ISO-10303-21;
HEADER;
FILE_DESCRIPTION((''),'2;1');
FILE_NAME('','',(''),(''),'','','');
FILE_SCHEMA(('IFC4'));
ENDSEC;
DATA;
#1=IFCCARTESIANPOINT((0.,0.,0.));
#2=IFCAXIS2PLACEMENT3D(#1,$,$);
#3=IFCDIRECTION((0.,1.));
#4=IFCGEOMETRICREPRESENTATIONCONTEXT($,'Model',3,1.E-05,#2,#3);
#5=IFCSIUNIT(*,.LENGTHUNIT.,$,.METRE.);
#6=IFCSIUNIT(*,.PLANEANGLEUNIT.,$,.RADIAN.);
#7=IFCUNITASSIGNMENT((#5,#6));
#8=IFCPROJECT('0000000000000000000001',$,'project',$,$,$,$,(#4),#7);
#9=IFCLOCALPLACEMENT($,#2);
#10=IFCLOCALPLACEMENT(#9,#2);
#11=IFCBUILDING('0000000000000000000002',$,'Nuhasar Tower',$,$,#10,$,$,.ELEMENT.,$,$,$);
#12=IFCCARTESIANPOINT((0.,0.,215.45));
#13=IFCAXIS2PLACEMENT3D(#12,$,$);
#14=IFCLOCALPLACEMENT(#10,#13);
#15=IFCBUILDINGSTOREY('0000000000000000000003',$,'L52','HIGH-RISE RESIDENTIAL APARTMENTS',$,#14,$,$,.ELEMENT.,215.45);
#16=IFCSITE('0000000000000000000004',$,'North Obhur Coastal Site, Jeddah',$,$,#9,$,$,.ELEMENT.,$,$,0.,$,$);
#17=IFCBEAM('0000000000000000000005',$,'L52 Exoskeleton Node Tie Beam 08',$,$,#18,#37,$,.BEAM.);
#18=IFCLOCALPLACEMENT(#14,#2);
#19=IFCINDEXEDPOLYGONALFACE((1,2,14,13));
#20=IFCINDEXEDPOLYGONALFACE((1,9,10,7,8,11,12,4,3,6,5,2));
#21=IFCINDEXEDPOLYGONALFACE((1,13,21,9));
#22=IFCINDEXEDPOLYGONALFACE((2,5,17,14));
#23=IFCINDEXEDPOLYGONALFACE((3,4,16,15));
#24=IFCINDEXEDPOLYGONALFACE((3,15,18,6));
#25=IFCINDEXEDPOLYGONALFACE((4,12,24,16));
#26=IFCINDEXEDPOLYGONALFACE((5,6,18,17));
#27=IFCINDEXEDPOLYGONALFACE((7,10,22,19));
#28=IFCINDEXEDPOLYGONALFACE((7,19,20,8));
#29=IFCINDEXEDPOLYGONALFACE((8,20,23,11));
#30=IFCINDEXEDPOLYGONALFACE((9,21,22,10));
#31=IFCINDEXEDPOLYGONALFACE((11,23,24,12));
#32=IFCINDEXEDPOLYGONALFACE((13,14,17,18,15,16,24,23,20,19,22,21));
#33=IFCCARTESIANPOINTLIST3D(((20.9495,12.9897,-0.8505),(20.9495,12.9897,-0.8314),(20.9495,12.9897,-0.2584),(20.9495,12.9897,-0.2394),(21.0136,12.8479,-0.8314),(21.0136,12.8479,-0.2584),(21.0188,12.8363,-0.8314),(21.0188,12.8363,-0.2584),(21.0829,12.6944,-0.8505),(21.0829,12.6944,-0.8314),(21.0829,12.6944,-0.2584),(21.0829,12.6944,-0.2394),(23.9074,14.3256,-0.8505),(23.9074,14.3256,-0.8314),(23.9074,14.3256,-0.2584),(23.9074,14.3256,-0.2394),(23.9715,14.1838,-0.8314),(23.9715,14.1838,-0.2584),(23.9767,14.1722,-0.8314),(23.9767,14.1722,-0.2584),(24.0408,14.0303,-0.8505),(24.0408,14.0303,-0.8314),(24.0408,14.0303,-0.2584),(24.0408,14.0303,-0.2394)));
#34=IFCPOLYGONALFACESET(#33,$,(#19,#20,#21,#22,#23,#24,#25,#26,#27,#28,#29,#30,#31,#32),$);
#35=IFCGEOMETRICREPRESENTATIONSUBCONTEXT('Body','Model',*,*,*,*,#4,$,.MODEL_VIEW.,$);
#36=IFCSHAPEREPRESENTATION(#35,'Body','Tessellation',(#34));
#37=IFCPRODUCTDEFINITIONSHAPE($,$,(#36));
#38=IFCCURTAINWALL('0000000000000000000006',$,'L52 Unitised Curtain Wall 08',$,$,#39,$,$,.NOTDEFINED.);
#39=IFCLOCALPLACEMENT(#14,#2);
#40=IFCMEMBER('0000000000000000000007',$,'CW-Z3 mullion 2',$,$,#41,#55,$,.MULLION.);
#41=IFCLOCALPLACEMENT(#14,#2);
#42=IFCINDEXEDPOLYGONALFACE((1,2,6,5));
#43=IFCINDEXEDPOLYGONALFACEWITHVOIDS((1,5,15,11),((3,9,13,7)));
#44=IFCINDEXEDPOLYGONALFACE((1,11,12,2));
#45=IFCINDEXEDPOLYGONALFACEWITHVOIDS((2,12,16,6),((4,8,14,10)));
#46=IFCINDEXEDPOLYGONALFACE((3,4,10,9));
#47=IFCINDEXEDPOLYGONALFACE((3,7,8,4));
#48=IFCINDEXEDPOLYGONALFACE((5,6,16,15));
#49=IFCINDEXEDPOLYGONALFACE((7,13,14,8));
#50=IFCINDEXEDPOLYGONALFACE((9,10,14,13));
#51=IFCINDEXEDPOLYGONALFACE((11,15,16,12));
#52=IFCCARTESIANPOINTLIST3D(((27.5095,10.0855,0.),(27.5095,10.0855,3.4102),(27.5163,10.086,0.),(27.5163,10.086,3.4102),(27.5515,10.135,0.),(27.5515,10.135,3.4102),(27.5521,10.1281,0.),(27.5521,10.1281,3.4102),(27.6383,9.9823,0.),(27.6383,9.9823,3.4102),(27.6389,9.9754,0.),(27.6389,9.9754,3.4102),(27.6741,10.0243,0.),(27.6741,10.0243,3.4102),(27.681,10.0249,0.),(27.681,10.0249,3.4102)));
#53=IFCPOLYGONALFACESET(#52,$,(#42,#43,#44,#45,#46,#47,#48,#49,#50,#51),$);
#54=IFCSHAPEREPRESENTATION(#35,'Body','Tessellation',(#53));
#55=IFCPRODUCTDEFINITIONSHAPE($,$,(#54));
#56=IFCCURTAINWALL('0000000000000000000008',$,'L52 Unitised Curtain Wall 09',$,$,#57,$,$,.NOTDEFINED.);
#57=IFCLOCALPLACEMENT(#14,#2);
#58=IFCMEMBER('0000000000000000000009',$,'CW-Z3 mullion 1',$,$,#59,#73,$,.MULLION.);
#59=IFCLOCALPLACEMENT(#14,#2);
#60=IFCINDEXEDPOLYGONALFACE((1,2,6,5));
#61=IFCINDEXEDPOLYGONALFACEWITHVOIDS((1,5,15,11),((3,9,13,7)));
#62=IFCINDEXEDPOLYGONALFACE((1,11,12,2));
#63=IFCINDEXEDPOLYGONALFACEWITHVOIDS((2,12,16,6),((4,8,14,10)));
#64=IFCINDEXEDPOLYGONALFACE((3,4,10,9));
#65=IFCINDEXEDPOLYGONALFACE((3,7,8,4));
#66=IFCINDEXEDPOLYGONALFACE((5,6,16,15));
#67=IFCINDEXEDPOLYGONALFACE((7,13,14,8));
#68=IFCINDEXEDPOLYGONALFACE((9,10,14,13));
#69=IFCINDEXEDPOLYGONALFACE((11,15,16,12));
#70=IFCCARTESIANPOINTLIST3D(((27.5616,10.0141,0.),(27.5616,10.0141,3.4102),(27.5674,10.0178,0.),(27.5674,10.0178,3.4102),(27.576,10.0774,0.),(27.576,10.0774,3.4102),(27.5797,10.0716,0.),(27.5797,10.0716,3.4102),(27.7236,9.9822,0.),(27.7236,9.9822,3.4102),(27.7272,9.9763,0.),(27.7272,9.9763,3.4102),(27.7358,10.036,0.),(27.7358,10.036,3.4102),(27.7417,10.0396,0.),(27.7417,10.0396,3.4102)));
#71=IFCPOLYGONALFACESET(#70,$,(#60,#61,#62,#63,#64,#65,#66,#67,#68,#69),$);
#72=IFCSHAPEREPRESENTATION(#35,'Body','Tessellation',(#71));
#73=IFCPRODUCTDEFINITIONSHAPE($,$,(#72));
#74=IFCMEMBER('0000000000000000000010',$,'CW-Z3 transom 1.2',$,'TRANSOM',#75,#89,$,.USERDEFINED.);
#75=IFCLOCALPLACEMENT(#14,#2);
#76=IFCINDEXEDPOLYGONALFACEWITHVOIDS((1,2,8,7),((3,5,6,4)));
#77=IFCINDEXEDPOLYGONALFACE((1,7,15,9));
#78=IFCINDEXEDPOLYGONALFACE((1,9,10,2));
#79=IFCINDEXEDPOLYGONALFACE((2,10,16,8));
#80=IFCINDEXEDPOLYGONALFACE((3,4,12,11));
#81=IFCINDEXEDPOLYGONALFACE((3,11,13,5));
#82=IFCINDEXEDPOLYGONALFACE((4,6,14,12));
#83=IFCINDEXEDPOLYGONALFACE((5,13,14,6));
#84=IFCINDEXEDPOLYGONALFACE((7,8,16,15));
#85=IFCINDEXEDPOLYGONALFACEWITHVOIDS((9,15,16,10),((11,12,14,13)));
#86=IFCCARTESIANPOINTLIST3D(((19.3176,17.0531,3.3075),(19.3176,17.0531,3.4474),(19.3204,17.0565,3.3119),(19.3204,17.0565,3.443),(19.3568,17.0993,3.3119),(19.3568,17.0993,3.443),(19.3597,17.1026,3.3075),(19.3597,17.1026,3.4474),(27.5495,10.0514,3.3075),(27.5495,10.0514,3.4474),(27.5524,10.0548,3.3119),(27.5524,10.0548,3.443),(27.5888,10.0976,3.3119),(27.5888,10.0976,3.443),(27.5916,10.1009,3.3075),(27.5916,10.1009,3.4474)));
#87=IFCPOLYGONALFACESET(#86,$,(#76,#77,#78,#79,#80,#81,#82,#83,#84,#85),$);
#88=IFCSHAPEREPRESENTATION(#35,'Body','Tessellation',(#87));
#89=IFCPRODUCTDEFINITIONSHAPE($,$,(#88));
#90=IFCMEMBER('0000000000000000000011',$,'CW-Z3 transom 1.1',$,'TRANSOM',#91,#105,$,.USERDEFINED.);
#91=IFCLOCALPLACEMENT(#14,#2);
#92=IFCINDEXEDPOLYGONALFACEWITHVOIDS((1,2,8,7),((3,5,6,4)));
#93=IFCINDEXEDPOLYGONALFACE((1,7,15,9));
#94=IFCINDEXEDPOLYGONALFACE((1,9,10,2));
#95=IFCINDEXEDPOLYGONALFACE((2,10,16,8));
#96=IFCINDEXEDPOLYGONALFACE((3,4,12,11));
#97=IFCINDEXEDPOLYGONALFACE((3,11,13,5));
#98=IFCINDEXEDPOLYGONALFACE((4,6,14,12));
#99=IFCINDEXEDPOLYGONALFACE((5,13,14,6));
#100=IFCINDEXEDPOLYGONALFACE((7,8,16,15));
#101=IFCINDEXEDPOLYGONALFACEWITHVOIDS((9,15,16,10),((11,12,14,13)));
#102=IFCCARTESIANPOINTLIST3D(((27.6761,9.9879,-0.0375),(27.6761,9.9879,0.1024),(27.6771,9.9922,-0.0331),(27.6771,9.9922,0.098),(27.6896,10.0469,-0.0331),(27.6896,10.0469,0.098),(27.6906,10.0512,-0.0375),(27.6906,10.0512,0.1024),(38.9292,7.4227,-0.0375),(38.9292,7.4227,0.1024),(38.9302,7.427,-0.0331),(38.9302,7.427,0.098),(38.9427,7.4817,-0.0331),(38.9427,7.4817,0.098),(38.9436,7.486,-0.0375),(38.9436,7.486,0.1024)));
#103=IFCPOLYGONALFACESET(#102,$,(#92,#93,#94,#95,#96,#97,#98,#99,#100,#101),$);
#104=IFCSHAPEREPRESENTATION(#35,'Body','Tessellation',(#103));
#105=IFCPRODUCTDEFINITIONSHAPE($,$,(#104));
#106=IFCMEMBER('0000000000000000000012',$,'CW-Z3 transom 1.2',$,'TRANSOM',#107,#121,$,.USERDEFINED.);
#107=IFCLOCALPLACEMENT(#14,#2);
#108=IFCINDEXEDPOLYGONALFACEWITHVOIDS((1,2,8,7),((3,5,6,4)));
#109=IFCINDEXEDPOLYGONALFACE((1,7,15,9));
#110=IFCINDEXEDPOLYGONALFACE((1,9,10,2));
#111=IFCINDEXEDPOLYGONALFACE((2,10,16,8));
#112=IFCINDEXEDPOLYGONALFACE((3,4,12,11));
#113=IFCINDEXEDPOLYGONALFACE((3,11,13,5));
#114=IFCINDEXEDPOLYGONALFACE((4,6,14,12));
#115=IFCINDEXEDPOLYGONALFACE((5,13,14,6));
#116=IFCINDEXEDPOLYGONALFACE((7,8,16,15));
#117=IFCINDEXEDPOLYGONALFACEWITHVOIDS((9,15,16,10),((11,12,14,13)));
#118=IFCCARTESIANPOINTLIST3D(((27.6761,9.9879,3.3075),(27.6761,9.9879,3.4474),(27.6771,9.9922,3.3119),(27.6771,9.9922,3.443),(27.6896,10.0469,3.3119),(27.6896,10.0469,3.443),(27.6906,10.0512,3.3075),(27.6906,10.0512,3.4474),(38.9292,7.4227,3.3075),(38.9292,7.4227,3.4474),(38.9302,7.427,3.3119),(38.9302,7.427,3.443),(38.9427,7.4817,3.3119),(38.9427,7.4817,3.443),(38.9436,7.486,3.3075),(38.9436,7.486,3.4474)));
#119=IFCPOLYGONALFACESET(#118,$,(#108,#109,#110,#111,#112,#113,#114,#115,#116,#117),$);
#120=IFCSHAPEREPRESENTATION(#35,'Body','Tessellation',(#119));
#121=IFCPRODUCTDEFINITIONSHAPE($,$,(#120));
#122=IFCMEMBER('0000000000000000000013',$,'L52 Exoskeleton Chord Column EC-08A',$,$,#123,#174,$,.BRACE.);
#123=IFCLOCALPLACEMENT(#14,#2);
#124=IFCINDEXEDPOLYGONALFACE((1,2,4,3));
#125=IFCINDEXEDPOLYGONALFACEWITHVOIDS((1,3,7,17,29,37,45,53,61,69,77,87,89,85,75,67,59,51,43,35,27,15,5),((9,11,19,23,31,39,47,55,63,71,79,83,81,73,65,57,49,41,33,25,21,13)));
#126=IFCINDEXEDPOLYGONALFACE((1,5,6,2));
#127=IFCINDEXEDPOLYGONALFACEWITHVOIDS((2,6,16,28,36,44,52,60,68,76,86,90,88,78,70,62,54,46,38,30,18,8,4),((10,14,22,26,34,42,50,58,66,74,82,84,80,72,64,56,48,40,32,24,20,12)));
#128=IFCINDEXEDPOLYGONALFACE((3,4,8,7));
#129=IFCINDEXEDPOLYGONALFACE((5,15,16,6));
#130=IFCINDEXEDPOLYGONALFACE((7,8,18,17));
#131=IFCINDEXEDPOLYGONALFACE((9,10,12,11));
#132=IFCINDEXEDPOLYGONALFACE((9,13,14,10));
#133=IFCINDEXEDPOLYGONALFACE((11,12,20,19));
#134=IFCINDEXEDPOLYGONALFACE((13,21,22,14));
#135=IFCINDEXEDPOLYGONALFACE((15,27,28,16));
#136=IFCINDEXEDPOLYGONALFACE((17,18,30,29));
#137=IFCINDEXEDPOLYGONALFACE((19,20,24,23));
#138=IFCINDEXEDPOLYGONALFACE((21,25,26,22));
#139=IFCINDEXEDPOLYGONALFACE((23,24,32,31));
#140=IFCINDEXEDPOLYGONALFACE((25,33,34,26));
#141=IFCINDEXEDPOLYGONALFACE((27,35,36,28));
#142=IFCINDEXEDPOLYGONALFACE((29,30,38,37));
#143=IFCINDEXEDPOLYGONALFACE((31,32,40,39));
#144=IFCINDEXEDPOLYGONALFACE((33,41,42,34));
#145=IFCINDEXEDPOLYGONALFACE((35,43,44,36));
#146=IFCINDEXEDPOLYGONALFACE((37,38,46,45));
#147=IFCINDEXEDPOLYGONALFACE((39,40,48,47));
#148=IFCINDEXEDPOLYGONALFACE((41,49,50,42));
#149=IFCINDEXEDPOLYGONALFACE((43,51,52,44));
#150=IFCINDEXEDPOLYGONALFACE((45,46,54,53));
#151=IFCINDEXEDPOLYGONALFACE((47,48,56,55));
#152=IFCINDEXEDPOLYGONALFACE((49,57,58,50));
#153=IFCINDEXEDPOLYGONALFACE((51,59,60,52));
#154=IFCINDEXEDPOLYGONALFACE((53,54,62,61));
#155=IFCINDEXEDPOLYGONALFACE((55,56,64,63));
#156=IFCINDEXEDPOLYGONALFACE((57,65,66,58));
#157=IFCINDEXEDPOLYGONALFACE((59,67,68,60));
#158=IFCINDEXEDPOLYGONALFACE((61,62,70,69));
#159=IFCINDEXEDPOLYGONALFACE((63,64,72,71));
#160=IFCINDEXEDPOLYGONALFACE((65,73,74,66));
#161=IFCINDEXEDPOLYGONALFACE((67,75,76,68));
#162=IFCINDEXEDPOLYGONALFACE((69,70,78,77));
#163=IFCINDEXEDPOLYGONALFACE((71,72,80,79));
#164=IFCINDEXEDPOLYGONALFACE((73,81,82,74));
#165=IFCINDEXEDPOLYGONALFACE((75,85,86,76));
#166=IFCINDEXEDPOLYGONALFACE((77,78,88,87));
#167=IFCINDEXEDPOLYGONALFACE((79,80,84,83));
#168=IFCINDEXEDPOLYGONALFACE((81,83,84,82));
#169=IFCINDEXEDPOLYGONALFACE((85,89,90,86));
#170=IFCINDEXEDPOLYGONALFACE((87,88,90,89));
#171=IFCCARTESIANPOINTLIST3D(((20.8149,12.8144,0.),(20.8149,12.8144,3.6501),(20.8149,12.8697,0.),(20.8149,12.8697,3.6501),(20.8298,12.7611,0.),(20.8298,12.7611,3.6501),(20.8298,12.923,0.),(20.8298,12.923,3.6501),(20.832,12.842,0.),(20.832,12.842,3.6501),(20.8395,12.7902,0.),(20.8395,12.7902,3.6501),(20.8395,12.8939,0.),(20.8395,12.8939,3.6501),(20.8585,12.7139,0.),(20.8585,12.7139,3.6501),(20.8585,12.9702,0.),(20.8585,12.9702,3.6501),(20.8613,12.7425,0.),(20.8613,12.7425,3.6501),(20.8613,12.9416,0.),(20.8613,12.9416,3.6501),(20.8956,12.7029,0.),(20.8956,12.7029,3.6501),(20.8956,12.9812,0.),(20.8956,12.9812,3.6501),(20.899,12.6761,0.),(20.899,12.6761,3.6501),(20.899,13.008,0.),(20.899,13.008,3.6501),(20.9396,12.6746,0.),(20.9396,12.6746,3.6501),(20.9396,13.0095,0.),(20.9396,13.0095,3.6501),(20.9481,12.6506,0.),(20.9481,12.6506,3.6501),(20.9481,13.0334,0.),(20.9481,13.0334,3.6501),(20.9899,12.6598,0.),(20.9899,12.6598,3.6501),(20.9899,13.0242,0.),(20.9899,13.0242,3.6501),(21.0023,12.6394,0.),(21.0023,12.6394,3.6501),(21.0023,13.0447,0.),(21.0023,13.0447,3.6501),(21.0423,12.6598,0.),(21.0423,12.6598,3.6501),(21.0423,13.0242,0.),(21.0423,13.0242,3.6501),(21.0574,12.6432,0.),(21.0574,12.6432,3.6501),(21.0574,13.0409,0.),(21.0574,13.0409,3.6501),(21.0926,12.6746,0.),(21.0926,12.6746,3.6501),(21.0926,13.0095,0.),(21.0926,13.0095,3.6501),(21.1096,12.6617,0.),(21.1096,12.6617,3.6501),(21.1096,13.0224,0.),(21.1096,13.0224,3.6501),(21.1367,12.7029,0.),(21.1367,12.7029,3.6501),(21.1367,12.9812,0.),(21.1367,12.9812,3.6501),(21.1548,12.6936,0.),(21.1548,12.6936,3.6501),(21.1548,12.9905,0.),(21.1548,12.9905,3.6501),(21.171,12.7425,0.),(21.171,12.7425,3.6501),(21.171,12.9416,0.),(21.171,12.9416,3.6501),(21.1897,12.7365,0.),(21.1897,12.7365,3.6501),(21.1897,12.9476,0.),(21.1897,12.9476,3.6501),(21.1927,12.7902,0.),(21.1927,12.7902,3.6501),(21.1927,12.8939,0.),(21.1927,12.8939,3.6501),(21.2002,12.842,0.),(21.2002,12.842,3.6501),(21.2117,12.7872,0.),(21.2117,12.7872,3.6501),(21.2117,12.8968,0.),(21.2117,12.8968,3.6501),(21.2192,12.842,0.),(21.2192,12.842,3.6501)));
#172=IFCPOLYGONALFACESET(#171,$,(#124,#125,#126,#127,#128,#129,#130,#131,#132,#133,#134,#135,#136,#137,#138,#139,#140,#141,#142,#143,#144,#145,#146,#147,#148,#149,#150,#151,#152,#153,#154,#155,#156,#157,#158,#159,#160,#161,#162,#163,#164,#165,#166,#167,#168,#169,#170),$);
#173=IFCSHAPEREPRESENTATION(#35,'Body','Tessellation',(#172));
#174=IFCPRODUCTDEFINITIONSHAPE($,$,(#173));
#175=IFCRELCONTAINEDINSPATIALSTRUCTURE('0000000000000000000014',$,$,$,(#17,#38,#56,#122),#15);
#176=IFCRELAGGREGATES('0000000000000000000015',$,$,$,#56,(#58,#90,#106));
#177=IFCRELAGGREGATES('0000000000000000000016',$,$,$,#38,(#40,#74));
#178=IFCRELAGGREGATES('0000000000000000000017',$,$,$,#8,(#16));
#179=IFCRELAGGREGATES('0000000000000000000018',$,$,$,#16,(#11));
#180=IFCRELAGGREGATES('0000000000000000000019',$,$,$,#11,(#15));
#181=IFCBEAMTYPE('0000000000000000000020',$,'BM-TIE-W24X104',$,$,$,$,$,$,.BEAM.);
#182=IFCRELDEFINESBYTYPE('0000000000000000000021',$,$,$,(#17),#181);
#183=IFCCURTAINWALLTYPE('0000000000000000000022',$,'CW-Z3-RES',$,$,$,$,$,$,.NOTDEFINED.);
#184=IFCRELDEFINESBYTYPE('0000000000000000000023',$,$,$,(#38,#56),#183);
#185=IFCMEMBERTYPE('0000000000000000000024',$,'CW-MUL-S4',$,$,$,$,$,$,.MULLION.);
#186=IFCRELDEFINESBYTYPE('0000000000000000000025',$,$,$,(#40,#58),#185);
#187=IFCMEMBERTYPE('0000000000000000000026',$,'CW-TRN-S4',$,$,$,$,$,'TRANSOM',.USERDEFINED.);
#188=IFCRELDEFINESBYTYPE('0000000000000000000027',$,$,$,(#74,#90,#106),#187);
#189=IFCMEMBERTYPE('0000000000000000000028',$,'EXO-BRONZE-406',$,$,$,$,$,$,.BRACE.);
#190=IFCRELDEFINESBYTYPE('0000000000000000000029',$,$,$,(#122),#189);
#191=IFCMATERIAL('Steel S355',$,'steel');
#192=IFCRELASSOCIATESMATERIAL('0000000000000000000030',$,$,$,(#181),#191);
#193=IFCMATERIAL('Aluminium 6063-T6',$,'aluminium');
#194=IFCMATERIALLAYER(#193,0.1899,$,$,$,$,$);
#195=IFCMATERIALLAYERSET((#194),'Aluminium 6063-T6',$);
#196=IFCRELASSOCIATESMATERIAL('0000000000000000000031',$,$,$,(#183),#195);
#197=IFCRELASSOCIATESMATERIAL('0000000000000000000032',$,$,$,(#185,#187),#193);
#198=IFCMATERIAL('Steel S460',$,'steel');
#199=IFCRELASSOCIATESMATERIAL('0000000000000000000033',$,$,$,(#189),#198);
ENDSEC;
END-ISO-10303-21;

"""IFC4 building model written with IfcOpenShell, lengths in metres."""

from ifc_helpers import new_model, si_unit, direction, frame, origin, origin_2d, place, context, subcontext, project, spatial, hollow_rectangle, hollow_circle, i_section, extrude, material, layer, layer_set, material_profile, profile_set, type_object, element, aggregate, save


model = new_model("IFC4")

# Units and contexts
model_context = context("Model", 3, precision=1e-05, world=origin(), true_north=direction((0.0, 1.0)))
body_context = subcontext(model_context, "Body", "Model", "MODEL_VIEW")
ifc_project = project(units=[si_unit("LENGTHUNIT", "METRE"), si_unit("PLANEANGLEUNIT", "RADIAN")], contexts=[model_context])

# Site, building, storey
site_placement = place(None, origin())
site = spatial("IfcSite", under=ifc_project, at=site_placement, Name="North Obhur Coastal Site, Jeddah", CompositionType="ELEMENT", RefElevation=0.0)
building_placement = place(site_placement, origin())
building = spatial("IfcBuilding", under=site, at=building_placement, Name="Nuhasar Tower", CompositionType="ELEMENT")
storey_placement = place(building_placement, frame((0.0, 0.0, 215.45)))
storey = spatial("IfcBuildingStorey", under=building, at=storey_placement, Name="L52", Description="HIGH-RISE RESIDENTIAL APARTMENTS", CompositionType="ELEMENT", Elevation=215.45)

# Beam
ifc_material_1 = material(Name="Steel S355", Category="steel")
ifc_material_profile_1 = material_profile(ifc_material_1, i_section(OverallWidth=0.324, OverallDepth=0.6111, WebThickness=0.0127, FlangeThickness=0.019, at=origin_2d()), Name="W24X104")
ifc_profile_set_1 = profile_set([ifc_material_profile_1], Name="Steel S355")
beam_type_1 = type_object("IfcBeamType", Name="BM-TIE-W24X104", PredefinedType="BEAM", material=ifc_profile_set_1)
beam_1_placement = place(storey_placement, frame((23.9741, 14.178, -0.5449), z_axis=(-0.911363, -0.411603, 0.0), x_axis=(0.411603, -0.911363, 0.0)))
element("IfcBeam", 1, at=beam_1_placement, inside=storey, type_object=beam_type_1, Name="L52 Exoskeleton Node Tie Beam 08", PredefinedType="BEAM", context=body_context, shape_type="SweptSolid", body=[
    extrude(i_section(OverallWidth=0.324, OverallDepth=0.6111, WebThickness=0.0127, FlangeThickness=0.019, at=origin_2d()), origin(), (0.0, 0.0, 1.0), 3.2456),
])

# Curtain walls, members
ifc_material_2 = material(Name="Aluminium 6063-T6", Category="aluminium")
ifc_layer_1 = layer(ifc_material_2, 0.1899)
ifc_layer_set_1 = layer_set([ifc_layer_1], Name="Aluminium 6063-T6")
curtain_wall_type = type_object("IfcCurtainWallType", Name="CW-Z3-RES", PredefinedType="NOTDEFINED", material=ifc_layer_set_1)
curtain_wall_1_placement = place(storey_placement, origin())
curtain_wall_1 = element("IfcCurtainWall", 2, at=curtain_wall_1_placement, inside=storey, type_object=curtain_wall_type, Name="L52 Unitised Curtain Wall 08", PredefinedType="NOTDEFINED")
ifc_material_profile_2 = material_profile(ifc_material_2, hollow_rectangle(XDim=0.0649, YDim=0.1699, WallThickness=0.0049, at=origin_2d()), Name="CWM-4")
ifc_profile_set_2 = profile_set([ifc_material_profile_2], Name="Aluminium 6063-T6")
member_type_1 = type_object("IfcMemberType", Name="CW-MUL-S4", PredefinedType="MULLION", material=ifc_profile_set_2)
member_1_placement = place(storey_placement, frame((27.5952, 10.0552, 0.0), z_axis=(0.0, 0.0, 1.0), x_axis=(0.647895, 0.761729, 0.0)))
member_1 = element("IfcMember", 3, at=member_1_placement, type_object=member_type_1, Name="CW-Z3 mullion 2", PredefinedType="MULLION", context=body_context, shape_type="SweptSolid", body=[
    extrude(hollow_rectangle(XDim=0.0649, YDim=0.1699, WallThickness=0.0049, at=origin_2d()), origin(), (0.0, 0.0, 1.0), 3.4102),
])
curtain_wall_2_placement = place(storey_placement, origin())
curtain_wall_2 = element("IfcCurtainWall", 4, at=curtain_wall_2_placement, inside=storey, type_object=curtain_wall_type, Name="L52 Unitised Curtain Wall 09", PredefinedType="NOTDEFINED")
member_2_placement = place(storey_placement, frame((27.6516, 10.0269, 0.0), z_axis=(0.0, 0.0, 1.0), x_axis=(0.222243, 0.974991, 0.0)))
member_2 = element("IfcMember", 5, at=member_2_placement, type_object=member_type_1, Name="CW-Z3 mullion 1", PredefinedType="MULLION", context=body_context, shape_type="SweptSolid", body=[
    extrude(hollow_rectangle(XDim=0.0649, YDim=0.1699, WallThickness=0.0049, at=origin_2d()), origin(), (0.0, 0.0, 1.0), 3.4102),
])

# Members
ifc_material_profile_3 = material_profile(ifc_material_2, hollow_rectangle(XDim=0.0649, YDim=0.1399, WallThickness=0.0044, at=origin_2d()), Name="CWT-4")
ifc_profile_set_3 = profile_set([ifc_material_profile_3], Name="Aluminium 6063-T6")
member_type_2 = type_object("IfcMemberType", Name="CW-TRN-S4", ElementType="TRANSOM", PredefinedType="USERDEFINED", material=ifc_profile_set_3)
member_3_placement = place(storey_placement, frame((19.3386, 17.0779, 3.3774), z_axis=(0.761731, -0.647894, 0.0), x_axis=(0.647894, 0.761731, 0.0)))
member_3 = element("IfcMember", 6, at=member_3_placement, type_object=member_type_2, Name="CW-Z3 transom 1.2", ObjectType="TRANSOM", PredefinedType="USERDEFINED", context=body_context, shape_type="SweptSolid", body=[
    extrude(hollow_rectangle(XDim=0.0649, YDim=0.1399, WallThickness=0.0044, at=origin_2d()), origin(), (0.0, 0.0, 1.0), 10.8069),
])
member_4_placement = place(storey_placement, frame((27.6833, 10.0195, 0.0325), z_axis=(0.974989, -0.222251, 0.0), x_axis=(0.222251, 0.974989, 0.0)))
member_4 = element("IfcMember", 7, at=member_4_placement, type_object=member_type_2, Name="CW-Z3 transom 1.1", ObjectType="TRANSOM", PredefinedType="USERDEFINED", context=body_context, shape_type="SweptSolid", body=[
    extrude(hollow_rectangle(XDim=0.0649, YDim=0.1399, WallThickness=0.0044, at=origin_2d()), origin(), (0.0, 0.0, 1.0), 11.5417),
])
member_5_placement = place(storey_placement, frame((27.6833, 10.0195, 3.3774), z_axis=(0.974989, -0.222251, 0.0), x_axis=(0.222251, 0.974989, 0.0)))
member_5 = element("IfcMember", 8, at=member_5_placement, type_object=member_type_2, Name="CW-Z3 transom 1.2", ObjectType="TRANSOM", PredefinedType="USERDEFINED", context=body_context, shape_type="SweptSolid", body=[
    extrude(hollow_rectangle(XDim=0.0649, YDim=0.1399, WallThickness=0.0044, at=origin_2d()), origin(), (0.0, 0.0, 1.0), 11.5417),
])
aggregate(curtain_wall_2, [member_2, member_4, member_5])

# Member
ifc_material_3 = material(Name="Steel S460", Category="steel")
ifc_material_profile_4 = material_profile(ifc_material_3, hollow_circle(Radius=0.2031, WallThickness=0.019, at=origin_2d()), Name="HSS406.4X19.1")
ifc_profile_set_4 = profile_set([ifc_material_profile_4], Name="Steel S460")
member_type_3 = type_object("IfcMemberType", Name="EXO-BRONZE-406", PredefinedType="BRACE", material=ifc_profile_set_4)
for number, where, z_axis, x_axis, name in (
    (9, (21.0161, 12.842, 0.0), (0.0, 0.0, 1.0), (1.0, 0.0, 0.0), "L52 Exoskeleton Chord Column EC-08A"),
):
    element("IfcMember", number, at=place(storey_placement, frame(where, z_axis=z_axis, x_axis=x_axis)), inside=storey, type_object=member_type_3, Name=name, PredefinedType="BRACE", context=body_context, shape_type="SweptSolid", body=[
        extrude(hollow_circle(Radius=0.2031, WallThickness=0.019, at=origin_2d()), origin(), (0.0, 0.0, 1.0), 3.6501),
    ])

aggregate(curtain_wall_1, [member_1, member_3])

save(model, "model.ifc")
